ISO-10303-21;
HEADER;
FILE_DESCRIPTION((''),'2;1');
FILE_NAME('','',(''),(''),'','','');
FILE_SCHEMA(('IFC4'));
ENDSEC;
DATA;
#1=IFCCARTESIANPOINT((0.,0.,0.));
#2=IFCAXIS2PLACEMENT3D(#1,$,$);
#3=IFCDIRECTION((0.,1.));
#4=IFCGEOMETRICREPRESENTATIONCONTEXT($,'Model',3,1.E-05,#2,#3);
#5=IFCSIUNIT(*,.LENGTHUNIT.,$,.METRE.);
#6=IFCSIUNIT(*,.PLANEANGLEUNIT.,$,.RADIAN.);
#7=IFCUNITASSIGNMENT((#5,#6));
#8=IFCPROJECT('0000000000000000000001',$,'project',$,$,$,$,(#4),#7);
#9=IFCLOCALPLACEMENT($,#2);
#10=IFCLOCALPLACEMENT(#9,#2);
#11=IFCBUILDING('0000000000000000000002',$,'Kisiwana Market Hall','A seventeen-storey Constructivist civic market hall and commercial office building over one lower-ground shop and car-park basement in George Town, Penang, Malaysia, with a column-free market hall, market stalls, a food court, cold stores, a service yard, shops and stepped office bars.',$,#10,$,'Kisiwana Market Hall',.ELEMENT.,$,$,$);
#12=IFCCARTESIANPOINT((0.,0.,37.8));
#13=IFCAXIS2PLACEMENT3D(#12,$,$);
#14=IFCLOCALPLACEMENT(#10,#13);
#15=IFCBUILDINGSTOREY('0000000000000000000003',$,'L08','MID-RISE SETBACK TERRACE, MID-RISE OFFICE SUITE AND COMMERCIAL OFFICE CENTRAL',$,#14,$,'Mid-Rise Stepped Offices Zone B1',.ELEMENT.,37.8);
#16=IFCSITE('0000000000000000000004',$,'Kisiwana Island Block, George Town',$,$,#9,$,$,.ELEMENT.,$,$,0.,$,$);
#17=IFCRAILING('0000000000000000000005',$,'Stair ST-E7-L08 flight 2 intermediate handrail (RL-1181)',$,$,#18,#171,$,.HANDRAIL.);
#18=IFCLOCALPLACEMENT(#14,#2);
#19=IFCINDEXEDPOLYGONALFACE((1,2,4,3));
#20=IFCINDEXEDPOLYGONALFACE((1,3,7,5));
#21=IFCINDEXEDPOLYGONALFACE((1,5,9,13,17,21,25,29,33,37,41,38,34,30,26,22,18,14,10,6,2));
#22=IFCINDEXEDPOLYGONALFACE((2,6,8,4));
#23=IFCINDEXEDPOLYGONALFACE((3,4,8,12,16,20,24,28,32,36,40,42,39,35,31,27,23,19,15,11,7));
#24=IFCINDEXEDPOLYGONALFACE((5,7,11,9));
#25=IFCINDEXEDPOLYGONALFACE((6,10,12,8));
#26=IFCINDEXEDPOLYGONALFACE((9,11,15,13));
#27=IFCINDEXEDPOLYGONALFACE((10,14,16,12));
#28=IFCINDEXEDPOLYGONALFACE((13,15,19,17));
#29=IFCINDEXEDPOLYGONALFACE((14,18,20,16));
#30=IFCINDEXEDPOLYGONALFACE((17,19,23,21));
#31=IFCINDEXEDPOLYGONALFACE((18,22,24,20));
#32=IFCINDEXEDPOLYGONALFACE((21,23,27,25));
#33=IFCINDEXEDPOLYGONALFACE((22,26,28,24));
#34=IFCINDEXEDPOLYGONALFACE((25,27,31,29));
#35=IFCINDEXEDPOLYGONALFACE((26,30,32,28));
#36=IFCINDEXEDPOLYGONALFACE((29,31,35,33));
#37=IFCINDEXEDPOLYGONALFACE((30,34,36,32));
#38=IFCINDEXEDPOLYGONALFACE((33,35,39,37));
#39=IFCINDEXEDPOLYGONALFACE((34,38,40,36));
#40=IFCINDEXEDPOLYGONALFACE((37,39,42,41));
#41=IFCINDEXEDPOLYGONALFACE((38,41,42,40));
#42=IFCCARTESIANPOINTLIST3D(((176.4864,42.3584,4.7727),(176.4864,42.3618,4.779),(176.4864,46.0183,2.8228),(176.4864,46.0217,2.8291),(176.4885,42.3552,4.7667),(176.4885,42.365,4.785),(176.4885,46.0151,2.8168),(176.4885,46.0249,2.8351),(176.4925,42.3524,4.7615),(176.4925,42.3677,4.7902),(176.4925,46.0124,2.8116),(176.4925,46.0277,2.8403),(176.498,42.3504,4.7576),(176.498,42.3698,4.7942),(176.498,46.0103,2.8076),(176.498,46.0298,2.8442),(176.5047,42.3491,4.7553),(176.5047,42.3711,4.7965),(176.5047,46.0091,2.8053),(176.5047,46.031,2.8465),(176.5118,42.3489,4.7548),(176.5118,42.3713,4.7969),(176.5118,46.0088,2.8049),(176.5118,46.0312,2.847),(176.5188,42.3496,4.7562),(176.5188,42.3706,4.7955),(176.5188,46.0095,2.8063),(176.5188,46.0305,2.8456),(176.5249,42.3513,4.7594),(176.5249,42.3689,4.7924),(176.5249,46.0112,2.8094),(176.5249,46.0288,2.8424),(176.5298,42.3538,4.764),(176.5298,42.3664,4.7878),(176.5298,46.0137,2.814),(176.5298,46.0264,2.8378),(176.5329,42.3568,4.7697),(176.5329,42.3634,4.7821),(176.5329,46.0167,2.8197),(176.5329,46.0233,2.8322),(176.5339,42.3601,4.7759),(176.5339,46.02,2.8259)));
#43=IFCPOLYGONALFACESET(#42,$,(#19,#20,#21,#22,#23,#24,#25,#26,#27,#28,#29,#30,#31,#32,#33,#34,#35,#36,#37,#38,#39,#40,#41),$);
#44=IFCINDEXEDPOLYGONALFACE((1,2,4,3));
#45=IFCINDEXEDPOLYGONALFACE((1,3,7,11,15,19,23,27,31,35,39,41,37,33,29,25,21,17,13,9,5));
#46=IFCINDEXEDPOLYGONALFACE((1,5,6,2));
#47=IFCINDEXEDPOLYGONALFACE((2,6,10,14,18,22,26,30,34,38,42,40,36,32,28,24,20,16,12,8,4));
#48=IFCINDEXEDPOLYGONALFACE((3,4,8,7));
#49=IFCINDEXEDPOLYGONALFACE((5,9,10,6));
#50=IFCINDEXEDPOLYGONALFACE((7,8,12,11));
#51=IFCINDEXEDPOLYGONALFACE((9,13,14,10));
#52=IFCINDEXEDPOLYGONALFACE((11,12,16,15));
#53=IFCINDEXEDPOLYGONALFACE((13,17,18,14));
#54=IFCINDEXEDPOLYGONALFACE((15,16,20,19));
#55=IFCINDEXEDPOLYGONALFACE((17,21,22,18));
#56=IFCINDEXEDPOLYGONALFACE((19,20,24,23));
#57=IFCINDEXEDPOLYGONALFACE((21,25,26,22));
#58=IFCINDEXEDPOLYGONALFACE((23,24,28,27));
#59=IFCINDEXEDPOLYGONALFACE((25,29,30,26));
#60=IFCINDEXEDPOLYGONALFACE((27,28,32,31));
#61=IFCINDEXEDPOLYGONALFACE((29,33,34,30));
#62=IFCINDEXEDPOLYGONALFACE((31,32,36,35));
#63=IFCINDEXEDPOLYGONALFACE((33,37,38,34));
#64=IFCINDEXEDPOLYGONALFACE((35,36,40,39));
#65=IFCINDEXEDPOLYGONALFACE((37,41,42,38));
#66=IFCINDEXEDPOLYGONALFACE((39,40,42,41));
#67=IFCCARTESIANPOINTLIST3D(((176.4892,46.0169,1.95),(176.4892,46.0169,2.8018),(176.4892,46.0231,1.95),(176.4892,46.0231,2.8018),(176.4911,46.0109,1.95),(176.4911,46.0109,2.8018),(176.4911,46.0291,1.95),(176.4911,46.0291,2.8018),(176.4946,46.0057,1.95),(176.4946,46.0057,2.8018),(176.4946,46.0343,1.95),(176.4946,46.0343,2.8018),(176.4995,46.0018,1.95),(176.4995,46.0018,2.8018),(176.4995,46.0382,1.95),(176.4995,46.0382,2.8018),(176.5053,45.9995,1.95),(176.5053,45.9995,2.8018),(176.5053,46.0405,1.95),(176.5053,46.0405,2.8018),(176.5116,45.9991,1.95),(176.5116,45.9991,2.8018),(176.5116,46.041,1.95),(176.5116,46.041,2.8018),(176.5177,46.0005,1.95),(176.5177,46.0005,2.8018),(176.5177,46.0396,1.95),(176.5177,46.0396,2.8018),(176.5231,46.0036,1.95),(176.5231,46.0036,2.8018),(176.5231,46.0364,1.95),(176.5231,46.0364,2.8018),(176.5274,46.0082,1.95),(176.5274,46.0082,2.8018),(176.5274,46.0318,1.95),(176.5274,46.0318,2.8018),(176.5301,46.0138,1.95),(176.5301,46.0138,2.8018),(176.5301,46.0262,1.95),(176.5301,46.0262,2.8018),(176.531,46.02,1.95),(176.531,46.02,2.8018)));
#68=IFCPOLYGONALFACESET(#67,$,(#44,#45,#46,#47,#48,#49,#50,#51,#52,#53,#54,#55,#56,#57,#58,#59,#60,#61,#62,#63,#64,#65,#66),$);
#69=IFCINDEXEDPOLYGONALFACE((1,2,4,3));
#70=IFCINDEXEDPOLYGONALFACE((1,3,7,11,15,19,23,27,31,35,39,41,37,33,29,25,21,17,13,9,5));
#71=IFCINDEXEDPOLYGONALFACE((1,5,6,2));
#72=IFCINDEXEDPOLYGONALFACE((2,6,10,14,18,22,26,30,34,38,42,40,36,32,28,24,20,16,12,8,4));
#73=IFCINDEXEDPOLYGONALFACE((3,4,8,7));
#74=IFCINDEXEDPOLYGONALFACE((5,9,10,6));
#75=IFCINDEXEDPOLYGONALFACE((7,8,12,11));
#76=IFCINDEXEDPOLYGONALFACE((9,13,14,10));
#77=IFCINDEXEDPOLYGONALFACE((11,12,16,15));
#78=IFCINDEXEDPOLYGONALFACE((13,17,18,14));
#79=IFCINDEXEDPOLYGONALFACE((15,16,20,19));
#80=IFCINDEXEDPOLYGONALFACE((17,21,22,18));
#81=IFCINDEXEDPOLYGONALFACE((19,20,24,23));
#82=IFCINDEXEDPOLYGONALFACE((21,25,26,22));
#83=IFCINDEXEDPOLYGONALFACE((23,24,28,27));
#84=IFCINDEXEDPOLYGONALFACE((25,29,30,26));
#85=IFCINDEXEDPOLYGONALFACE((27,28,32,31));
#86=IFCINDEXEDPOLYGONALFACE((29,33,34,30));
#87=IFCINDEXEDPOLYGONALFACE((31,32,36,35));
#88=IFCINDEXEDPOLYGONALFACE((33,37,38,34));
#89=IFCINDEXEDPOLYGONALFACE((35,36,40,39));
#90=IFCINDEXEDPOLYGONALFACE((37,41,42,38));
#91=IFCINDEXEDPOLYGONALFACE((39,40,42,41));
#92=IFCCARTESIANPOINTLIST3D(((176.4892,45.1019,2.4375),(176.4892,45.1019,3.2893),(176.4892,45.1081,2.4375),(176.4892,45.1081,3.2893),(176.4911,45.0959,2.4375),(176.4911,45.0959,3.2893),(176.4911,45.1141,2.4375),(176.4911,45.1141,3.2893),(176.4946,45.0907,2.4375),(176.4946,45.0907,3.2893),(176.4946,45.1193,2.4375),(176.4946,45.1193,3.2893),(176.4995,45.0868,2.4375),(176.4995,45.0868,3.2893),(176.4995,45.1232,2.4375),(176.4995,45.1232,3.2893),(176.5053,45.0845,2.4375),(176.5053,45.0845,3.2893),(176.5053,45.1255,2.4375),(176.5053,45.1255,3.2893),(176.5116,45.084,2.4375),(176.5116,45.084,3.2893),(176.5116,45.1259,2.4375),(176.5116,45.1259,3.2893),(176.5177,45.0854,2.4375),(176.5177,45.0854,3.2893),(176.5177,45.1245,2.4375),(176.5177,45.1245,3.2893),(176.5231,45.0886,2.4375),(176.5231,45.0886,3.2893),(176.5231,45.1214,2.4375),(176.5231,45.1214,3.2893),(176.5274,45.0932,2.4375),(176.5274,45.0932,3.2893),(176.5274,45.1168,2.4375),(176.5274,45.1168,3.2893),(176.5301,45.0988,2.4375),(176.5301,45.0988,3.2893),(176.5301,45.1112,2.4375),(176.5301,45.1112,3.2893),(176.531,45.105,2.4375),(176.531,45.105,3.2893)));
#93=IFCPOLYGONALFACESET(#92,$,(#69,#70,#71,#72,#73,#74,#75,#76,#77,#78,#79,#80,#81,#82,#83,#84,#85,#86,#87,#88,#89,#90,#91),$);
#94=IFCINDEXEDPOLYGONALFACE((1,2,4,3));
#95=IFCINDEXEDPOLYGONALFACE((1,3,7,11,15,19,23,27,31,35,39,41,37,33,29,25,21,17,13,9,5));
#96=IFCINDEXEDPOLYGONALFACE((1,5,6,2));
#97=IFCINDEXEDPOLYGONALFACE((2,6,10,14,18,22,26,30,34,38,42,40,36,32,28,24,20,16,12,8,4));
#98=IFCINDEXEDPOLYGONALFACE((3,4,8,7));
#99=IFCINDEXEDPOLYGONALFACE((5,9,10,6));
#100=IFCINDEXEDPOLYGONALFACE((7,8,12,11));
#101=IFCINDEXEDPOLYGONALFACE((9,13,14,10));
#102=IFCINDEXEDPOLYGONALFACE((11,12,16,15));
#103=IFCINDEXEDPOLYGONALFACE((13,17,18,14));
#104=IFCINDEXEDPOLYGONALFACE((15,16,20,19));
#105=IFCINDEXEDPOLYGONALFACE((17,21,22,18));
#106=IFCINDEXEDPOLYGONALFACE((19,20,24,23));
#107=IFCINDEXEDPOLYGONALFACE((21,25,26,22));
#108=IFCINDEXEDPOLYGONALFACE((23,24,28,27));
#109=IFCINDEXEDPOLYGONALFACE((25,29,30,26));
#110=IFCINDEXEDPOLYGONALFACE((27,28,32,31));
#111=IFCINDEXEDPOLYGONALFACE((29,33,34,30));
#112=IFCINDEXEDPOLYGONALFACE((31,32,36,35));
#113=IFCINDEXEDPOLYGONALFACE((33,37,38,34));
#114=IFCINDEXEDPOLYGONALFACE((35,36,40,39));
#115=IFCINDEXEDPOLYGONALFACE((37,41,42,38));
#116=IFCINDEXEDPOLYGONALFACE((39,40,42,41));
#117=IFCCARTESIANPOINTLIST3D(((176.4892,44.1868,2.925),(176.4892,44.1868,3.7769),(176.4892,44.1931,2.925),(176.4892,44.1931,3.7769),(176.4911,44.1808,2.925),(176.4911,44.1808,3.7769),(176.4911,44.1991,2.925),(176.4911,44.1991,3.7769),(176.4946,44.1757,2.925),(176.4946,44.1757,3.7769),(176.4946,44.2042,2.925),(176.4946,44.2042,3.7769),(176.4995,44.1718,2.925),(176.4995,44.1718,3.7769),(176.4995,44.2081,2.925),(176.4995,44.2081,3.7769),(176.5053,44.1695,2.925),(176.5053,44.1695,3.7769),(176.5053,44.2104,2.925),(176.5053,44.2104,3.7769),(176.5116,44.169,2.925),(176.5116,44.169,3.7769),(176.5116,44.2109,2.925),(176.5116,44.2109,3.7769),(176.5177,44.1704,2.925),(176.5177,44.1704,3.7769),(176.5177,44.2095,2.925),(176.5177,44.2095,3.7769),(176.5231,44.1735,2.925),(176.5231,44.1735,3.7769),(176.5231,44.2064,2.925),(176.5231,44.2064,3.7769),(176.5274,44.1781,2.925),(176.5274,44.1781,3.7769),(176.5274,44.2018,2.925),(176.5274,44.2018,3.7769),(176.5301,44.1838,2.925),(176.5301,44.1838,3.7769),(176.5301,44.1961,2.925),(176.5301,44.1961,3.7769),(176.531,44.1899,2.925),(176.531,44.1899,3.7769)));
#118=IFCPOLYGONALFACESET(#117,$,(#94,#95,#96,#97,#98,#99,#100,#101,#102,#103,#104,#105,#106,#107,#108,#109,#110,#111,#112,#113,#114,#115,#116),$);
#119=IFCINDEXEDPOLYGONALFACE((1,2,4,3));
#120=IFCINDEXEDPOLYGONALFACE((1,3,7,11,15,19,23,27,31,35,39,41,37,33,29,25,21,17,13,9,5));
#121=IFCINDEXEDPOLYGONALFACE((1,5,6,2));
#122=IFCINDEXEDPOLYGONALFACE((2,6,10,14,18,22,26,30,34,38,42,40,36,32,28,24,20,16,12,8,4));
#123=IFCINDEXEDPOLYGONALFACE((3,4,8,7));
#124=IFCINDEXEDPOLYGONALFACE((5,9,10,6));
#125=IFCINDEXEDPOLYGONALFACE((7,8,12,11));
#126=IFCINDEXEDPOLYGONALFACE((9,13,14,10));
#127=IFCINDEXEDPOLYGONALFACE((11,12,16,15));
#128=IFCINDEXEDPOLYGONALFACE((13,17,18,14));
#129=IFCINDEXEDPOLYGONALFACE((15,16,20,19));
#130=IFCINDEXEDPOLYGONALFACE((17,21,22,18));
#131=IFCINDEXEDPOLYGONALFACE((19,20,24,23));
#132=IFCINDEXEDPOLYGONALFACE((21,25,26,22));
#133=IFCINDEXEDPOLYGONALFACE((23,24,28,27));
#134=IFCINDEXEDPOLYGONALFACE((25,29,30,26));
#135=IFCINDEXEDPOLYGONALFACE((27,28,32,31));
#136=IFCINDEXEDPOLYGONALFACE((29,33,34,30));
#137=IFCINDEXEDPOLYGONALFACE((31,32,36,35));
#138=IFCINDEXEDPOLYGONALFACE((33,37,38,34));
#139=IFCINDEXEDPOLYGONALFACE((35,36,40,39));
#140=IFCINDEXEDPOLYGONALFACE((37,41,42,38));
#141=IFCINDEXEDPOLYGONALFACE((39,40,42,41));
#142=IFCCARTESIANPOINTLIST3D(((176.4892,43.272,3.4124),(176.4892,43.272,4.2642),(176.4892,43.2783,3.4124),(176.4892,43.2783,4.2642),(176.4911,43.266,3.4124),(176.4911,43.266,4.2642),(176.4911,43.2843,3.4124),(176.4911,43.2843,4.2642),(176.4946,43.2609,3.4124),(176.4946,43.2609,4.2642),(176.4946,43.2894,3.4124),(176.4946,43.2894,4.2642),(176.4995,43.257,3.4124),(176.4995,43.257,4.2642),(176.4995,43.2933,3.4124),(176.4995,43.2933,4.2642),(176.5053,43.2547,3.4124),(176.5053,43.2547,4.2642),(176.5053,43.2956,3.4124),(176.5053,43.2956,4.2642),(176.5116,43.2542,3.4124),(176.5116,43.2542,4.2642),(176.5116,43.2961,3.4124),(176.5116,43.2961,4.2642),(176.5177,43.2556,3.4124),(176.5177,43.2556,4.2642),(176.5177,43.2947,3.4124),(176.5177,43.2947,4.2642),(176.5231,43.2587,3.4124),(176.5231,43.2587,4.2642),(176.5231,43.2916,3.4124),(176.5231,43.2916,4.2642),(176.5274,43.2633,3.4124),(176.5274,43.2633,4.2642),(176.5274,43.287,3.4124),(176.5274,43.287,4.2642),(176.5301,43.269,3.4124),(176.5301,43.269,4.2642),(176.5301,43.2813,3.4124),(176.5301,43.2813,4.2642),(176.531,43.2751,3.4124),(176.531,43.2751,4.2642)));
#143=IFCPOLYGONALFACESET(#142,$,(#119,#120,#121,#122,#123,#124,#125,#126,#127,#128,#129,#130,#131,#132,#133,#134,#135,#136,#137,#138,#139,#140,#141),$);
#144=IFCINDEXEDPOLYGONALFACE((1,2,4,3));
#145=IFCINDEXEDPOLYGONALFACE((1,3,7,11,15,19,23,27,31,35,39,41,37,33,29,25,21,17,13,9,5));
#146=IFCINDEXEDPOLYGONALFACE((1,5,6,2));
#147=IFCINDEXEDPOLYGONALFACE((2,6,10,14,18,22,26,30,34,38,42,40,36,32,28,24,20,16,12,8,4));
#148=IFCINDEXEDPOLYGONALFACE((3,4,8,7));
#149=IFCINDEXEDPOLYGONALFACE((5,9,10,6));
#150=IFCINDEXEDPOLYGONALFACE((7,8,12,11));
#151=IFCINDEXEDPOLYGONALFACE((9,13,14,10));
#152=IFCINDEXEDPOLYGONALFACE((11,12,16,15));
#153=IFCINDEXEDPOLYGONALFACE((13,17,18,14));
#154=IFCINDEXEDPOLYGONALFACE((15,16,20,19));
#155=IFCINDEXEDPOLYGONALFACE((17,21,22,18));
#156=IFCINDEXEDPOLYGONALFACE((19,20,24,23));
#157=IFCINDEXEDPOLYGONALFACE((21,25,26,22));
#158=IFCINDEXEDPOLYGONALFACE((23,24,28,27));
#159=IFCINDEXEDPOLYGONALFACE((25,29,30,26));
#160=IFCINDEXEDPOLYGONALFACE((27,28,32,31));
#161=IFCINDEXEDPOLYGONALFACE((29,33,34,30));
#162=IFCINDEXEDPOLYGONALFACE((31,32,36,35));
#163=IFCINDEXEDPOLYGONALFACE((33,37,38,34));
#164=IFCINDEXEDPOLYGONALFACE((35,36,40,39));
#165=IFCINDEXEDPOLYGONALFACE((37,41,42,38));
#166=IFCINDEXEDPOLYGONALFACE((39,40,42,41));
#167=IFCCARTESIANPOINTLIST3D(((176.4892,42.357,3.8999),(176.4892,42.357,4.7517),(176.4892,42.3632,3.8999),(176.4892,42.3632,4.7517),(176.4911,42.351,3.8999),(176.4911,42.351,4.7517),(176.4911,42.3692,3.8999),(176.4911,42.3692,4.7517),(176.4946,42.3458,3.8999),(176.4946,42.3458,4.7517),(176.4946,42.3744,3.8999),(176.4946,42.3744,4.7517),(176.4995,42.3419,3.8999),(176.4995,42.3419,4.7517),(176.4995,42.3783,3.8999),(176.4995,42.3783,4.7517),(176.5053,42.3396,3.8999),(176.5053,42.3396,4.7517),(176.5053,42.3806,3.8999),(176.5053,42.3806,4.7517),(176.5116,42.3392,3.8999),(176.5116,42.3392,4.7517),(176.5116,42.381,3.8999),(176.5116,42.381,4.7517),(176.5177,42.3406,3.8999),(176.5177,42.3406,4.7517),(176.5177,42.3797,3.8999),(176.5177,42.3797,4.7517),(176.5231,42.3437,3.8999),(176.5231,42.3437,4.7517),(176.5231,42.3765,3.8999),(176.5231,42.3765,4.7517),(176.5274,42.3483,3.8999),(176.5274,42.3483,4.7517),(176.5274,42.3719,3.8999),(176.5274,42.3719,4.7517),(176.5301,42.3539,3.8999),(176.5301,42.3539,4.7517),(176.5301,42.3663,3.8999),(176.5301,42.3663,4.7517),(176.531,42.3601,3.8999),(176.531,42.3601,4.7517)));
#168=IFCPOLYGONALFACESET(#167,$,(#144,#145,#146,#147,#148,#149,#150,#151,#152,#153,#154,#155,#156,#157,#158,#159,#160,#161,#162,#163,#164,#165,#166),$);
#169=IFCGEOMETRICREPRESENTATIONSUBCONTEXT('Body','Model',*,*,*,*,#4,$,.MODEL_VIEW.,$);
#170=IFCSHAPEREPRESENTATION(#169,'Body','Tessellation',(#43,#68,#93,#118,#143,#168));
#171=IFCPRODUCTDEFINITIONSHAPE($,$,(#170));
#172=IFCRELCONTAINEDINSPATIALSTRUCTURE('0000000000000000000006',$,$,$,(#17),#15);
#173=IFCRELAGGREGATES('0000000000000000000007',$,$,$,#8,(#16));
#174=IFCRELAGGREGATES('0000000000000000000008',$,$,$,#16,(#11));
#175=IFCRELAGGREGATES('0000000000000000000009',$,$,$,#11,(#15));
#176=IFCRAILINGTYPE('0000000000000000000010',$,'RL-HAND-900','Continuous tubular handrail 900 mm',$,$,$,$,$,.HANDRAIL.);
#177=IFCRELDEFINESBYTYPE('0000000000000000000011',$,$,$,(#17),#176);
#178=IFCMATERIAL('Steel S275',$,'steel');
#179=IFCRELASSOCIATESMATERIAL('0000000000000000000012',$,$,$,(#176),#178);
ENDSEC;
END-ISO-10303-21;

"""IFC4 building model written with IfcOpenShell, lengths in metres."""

from ifc_helpers import new_model, si_unit, direction, frame, origin, origin_2d, place, context, subcontext, project, spatial, circle, extrude, material, type_object, element, save


model = new_model("IFC4")

# Units and contexts
model_context = context("Model", 3, precision=1e-05, world=origin(), true_north=direction((0.0, 1.0)))
body_context = subcontext(model_context, "Body", "Model", "MODEL_VIEW")
ifc_project = project(units=[si_unit("LENGTHUNIT", "METRE"), si_unit("PLANEANGLEUNIT", "RADIAN")], contexts=[model_context])

# Site, building, storey
site_placement = place(None, origin())
site = spatial("IfcSite", under=ifc_project, at=site_placement, Name="Kisiwana Island Block, George Town", CompositionType="ELEMENT", RefElevation=0.0)
building_placement = place(site_placement, origin())
building = spatial("IfcBuilding", under=site, at=building_placement, Name="Kisiwana Market Hall", Description="A seventeen-storey Constructivist civic market hall and commercial office building over one lower-ground shop and car-park basement in George Town, Penang, Malaysia, with a column-free market hall, market stalls, a food court, cold stores, a service yard, shops and stepped office bars.", LongName="Kisiwana Market Hall", CompositionType="ELEMENT")
storey_placement = place(building_placement, frame((0.0, 0.0, 37.8)))
storey = spatial("IfcBuildingStorey", under=building, at=storey_placement, Name="L08", Description="MID-RISE SETBACK TERRACE, MID-RISE OFFICE SUITE AND COMMERCIAL OFFICE CENTRAL", LongName="Mid-Rise Stepped Offices Zone B1", CompositionType="ELEMENT", Elevation=37.8)

# Railing
ifc_material_1 = material(Name="Steel S275", Category="steel")
railing_type_1 = type_object("IfcRailingType", Name="RL-HAND-900", Description="Continuous tubular handrail 900 mm", PredefinedType="HANDRAIL", material=ifc_material_1)
railing_1_placement = place(storey_placement, frame((176.51, 46.02, 1.95)))
element("IfcRailing", 1, at=railing_1_placement, inside=storey, type_object=railing_type_1, Name="Stair ST-E7-L08 flight 2 intermediate handrail (RL-1181)", PredefinedType="HANDRAIL", context=body_context, shape_type="SweptSolid", body=[
    extrude(circle(Radius=0.0239, at=origin_2d()), frame((0.0, 0.0, 0.876), z_axis=(0.0, -0.882553, 0.470212), x_axis=(1.0, 0.0, 0.0)), (0.0, 0.0, 1.0), 4.147),
    extrude(circle(Radius=0.021, at=origin_2d()), origin(), (0.0, 0.0, 1.0), 0.8518),
    extrude(circle(Radius=0.021, at=origin_2d()), frame((0.0, -0.915, 0.4875)), (0.0, 0.0, 1.0), 0.8518),
    extrude(circle(Radius=0.021, at=origin_2d()), frame((0.0, -1.8301, 0.9751)), (0.0, 0.0, 1.0), 0.8518),
    extrude(circle(Radius=0.021, at=origin_2d()), frame((0.0, -2.7449, 1.4624)), (0.0, 0.0, 1.0), 0.8518),
    extrude(circle(Radius=0.021, at=origin_2d()), frame((0.0, -3.6599, 1.95)), (0.0, 0.0, 1.0), 0.8518),
])

save(model, "model.ifc")
